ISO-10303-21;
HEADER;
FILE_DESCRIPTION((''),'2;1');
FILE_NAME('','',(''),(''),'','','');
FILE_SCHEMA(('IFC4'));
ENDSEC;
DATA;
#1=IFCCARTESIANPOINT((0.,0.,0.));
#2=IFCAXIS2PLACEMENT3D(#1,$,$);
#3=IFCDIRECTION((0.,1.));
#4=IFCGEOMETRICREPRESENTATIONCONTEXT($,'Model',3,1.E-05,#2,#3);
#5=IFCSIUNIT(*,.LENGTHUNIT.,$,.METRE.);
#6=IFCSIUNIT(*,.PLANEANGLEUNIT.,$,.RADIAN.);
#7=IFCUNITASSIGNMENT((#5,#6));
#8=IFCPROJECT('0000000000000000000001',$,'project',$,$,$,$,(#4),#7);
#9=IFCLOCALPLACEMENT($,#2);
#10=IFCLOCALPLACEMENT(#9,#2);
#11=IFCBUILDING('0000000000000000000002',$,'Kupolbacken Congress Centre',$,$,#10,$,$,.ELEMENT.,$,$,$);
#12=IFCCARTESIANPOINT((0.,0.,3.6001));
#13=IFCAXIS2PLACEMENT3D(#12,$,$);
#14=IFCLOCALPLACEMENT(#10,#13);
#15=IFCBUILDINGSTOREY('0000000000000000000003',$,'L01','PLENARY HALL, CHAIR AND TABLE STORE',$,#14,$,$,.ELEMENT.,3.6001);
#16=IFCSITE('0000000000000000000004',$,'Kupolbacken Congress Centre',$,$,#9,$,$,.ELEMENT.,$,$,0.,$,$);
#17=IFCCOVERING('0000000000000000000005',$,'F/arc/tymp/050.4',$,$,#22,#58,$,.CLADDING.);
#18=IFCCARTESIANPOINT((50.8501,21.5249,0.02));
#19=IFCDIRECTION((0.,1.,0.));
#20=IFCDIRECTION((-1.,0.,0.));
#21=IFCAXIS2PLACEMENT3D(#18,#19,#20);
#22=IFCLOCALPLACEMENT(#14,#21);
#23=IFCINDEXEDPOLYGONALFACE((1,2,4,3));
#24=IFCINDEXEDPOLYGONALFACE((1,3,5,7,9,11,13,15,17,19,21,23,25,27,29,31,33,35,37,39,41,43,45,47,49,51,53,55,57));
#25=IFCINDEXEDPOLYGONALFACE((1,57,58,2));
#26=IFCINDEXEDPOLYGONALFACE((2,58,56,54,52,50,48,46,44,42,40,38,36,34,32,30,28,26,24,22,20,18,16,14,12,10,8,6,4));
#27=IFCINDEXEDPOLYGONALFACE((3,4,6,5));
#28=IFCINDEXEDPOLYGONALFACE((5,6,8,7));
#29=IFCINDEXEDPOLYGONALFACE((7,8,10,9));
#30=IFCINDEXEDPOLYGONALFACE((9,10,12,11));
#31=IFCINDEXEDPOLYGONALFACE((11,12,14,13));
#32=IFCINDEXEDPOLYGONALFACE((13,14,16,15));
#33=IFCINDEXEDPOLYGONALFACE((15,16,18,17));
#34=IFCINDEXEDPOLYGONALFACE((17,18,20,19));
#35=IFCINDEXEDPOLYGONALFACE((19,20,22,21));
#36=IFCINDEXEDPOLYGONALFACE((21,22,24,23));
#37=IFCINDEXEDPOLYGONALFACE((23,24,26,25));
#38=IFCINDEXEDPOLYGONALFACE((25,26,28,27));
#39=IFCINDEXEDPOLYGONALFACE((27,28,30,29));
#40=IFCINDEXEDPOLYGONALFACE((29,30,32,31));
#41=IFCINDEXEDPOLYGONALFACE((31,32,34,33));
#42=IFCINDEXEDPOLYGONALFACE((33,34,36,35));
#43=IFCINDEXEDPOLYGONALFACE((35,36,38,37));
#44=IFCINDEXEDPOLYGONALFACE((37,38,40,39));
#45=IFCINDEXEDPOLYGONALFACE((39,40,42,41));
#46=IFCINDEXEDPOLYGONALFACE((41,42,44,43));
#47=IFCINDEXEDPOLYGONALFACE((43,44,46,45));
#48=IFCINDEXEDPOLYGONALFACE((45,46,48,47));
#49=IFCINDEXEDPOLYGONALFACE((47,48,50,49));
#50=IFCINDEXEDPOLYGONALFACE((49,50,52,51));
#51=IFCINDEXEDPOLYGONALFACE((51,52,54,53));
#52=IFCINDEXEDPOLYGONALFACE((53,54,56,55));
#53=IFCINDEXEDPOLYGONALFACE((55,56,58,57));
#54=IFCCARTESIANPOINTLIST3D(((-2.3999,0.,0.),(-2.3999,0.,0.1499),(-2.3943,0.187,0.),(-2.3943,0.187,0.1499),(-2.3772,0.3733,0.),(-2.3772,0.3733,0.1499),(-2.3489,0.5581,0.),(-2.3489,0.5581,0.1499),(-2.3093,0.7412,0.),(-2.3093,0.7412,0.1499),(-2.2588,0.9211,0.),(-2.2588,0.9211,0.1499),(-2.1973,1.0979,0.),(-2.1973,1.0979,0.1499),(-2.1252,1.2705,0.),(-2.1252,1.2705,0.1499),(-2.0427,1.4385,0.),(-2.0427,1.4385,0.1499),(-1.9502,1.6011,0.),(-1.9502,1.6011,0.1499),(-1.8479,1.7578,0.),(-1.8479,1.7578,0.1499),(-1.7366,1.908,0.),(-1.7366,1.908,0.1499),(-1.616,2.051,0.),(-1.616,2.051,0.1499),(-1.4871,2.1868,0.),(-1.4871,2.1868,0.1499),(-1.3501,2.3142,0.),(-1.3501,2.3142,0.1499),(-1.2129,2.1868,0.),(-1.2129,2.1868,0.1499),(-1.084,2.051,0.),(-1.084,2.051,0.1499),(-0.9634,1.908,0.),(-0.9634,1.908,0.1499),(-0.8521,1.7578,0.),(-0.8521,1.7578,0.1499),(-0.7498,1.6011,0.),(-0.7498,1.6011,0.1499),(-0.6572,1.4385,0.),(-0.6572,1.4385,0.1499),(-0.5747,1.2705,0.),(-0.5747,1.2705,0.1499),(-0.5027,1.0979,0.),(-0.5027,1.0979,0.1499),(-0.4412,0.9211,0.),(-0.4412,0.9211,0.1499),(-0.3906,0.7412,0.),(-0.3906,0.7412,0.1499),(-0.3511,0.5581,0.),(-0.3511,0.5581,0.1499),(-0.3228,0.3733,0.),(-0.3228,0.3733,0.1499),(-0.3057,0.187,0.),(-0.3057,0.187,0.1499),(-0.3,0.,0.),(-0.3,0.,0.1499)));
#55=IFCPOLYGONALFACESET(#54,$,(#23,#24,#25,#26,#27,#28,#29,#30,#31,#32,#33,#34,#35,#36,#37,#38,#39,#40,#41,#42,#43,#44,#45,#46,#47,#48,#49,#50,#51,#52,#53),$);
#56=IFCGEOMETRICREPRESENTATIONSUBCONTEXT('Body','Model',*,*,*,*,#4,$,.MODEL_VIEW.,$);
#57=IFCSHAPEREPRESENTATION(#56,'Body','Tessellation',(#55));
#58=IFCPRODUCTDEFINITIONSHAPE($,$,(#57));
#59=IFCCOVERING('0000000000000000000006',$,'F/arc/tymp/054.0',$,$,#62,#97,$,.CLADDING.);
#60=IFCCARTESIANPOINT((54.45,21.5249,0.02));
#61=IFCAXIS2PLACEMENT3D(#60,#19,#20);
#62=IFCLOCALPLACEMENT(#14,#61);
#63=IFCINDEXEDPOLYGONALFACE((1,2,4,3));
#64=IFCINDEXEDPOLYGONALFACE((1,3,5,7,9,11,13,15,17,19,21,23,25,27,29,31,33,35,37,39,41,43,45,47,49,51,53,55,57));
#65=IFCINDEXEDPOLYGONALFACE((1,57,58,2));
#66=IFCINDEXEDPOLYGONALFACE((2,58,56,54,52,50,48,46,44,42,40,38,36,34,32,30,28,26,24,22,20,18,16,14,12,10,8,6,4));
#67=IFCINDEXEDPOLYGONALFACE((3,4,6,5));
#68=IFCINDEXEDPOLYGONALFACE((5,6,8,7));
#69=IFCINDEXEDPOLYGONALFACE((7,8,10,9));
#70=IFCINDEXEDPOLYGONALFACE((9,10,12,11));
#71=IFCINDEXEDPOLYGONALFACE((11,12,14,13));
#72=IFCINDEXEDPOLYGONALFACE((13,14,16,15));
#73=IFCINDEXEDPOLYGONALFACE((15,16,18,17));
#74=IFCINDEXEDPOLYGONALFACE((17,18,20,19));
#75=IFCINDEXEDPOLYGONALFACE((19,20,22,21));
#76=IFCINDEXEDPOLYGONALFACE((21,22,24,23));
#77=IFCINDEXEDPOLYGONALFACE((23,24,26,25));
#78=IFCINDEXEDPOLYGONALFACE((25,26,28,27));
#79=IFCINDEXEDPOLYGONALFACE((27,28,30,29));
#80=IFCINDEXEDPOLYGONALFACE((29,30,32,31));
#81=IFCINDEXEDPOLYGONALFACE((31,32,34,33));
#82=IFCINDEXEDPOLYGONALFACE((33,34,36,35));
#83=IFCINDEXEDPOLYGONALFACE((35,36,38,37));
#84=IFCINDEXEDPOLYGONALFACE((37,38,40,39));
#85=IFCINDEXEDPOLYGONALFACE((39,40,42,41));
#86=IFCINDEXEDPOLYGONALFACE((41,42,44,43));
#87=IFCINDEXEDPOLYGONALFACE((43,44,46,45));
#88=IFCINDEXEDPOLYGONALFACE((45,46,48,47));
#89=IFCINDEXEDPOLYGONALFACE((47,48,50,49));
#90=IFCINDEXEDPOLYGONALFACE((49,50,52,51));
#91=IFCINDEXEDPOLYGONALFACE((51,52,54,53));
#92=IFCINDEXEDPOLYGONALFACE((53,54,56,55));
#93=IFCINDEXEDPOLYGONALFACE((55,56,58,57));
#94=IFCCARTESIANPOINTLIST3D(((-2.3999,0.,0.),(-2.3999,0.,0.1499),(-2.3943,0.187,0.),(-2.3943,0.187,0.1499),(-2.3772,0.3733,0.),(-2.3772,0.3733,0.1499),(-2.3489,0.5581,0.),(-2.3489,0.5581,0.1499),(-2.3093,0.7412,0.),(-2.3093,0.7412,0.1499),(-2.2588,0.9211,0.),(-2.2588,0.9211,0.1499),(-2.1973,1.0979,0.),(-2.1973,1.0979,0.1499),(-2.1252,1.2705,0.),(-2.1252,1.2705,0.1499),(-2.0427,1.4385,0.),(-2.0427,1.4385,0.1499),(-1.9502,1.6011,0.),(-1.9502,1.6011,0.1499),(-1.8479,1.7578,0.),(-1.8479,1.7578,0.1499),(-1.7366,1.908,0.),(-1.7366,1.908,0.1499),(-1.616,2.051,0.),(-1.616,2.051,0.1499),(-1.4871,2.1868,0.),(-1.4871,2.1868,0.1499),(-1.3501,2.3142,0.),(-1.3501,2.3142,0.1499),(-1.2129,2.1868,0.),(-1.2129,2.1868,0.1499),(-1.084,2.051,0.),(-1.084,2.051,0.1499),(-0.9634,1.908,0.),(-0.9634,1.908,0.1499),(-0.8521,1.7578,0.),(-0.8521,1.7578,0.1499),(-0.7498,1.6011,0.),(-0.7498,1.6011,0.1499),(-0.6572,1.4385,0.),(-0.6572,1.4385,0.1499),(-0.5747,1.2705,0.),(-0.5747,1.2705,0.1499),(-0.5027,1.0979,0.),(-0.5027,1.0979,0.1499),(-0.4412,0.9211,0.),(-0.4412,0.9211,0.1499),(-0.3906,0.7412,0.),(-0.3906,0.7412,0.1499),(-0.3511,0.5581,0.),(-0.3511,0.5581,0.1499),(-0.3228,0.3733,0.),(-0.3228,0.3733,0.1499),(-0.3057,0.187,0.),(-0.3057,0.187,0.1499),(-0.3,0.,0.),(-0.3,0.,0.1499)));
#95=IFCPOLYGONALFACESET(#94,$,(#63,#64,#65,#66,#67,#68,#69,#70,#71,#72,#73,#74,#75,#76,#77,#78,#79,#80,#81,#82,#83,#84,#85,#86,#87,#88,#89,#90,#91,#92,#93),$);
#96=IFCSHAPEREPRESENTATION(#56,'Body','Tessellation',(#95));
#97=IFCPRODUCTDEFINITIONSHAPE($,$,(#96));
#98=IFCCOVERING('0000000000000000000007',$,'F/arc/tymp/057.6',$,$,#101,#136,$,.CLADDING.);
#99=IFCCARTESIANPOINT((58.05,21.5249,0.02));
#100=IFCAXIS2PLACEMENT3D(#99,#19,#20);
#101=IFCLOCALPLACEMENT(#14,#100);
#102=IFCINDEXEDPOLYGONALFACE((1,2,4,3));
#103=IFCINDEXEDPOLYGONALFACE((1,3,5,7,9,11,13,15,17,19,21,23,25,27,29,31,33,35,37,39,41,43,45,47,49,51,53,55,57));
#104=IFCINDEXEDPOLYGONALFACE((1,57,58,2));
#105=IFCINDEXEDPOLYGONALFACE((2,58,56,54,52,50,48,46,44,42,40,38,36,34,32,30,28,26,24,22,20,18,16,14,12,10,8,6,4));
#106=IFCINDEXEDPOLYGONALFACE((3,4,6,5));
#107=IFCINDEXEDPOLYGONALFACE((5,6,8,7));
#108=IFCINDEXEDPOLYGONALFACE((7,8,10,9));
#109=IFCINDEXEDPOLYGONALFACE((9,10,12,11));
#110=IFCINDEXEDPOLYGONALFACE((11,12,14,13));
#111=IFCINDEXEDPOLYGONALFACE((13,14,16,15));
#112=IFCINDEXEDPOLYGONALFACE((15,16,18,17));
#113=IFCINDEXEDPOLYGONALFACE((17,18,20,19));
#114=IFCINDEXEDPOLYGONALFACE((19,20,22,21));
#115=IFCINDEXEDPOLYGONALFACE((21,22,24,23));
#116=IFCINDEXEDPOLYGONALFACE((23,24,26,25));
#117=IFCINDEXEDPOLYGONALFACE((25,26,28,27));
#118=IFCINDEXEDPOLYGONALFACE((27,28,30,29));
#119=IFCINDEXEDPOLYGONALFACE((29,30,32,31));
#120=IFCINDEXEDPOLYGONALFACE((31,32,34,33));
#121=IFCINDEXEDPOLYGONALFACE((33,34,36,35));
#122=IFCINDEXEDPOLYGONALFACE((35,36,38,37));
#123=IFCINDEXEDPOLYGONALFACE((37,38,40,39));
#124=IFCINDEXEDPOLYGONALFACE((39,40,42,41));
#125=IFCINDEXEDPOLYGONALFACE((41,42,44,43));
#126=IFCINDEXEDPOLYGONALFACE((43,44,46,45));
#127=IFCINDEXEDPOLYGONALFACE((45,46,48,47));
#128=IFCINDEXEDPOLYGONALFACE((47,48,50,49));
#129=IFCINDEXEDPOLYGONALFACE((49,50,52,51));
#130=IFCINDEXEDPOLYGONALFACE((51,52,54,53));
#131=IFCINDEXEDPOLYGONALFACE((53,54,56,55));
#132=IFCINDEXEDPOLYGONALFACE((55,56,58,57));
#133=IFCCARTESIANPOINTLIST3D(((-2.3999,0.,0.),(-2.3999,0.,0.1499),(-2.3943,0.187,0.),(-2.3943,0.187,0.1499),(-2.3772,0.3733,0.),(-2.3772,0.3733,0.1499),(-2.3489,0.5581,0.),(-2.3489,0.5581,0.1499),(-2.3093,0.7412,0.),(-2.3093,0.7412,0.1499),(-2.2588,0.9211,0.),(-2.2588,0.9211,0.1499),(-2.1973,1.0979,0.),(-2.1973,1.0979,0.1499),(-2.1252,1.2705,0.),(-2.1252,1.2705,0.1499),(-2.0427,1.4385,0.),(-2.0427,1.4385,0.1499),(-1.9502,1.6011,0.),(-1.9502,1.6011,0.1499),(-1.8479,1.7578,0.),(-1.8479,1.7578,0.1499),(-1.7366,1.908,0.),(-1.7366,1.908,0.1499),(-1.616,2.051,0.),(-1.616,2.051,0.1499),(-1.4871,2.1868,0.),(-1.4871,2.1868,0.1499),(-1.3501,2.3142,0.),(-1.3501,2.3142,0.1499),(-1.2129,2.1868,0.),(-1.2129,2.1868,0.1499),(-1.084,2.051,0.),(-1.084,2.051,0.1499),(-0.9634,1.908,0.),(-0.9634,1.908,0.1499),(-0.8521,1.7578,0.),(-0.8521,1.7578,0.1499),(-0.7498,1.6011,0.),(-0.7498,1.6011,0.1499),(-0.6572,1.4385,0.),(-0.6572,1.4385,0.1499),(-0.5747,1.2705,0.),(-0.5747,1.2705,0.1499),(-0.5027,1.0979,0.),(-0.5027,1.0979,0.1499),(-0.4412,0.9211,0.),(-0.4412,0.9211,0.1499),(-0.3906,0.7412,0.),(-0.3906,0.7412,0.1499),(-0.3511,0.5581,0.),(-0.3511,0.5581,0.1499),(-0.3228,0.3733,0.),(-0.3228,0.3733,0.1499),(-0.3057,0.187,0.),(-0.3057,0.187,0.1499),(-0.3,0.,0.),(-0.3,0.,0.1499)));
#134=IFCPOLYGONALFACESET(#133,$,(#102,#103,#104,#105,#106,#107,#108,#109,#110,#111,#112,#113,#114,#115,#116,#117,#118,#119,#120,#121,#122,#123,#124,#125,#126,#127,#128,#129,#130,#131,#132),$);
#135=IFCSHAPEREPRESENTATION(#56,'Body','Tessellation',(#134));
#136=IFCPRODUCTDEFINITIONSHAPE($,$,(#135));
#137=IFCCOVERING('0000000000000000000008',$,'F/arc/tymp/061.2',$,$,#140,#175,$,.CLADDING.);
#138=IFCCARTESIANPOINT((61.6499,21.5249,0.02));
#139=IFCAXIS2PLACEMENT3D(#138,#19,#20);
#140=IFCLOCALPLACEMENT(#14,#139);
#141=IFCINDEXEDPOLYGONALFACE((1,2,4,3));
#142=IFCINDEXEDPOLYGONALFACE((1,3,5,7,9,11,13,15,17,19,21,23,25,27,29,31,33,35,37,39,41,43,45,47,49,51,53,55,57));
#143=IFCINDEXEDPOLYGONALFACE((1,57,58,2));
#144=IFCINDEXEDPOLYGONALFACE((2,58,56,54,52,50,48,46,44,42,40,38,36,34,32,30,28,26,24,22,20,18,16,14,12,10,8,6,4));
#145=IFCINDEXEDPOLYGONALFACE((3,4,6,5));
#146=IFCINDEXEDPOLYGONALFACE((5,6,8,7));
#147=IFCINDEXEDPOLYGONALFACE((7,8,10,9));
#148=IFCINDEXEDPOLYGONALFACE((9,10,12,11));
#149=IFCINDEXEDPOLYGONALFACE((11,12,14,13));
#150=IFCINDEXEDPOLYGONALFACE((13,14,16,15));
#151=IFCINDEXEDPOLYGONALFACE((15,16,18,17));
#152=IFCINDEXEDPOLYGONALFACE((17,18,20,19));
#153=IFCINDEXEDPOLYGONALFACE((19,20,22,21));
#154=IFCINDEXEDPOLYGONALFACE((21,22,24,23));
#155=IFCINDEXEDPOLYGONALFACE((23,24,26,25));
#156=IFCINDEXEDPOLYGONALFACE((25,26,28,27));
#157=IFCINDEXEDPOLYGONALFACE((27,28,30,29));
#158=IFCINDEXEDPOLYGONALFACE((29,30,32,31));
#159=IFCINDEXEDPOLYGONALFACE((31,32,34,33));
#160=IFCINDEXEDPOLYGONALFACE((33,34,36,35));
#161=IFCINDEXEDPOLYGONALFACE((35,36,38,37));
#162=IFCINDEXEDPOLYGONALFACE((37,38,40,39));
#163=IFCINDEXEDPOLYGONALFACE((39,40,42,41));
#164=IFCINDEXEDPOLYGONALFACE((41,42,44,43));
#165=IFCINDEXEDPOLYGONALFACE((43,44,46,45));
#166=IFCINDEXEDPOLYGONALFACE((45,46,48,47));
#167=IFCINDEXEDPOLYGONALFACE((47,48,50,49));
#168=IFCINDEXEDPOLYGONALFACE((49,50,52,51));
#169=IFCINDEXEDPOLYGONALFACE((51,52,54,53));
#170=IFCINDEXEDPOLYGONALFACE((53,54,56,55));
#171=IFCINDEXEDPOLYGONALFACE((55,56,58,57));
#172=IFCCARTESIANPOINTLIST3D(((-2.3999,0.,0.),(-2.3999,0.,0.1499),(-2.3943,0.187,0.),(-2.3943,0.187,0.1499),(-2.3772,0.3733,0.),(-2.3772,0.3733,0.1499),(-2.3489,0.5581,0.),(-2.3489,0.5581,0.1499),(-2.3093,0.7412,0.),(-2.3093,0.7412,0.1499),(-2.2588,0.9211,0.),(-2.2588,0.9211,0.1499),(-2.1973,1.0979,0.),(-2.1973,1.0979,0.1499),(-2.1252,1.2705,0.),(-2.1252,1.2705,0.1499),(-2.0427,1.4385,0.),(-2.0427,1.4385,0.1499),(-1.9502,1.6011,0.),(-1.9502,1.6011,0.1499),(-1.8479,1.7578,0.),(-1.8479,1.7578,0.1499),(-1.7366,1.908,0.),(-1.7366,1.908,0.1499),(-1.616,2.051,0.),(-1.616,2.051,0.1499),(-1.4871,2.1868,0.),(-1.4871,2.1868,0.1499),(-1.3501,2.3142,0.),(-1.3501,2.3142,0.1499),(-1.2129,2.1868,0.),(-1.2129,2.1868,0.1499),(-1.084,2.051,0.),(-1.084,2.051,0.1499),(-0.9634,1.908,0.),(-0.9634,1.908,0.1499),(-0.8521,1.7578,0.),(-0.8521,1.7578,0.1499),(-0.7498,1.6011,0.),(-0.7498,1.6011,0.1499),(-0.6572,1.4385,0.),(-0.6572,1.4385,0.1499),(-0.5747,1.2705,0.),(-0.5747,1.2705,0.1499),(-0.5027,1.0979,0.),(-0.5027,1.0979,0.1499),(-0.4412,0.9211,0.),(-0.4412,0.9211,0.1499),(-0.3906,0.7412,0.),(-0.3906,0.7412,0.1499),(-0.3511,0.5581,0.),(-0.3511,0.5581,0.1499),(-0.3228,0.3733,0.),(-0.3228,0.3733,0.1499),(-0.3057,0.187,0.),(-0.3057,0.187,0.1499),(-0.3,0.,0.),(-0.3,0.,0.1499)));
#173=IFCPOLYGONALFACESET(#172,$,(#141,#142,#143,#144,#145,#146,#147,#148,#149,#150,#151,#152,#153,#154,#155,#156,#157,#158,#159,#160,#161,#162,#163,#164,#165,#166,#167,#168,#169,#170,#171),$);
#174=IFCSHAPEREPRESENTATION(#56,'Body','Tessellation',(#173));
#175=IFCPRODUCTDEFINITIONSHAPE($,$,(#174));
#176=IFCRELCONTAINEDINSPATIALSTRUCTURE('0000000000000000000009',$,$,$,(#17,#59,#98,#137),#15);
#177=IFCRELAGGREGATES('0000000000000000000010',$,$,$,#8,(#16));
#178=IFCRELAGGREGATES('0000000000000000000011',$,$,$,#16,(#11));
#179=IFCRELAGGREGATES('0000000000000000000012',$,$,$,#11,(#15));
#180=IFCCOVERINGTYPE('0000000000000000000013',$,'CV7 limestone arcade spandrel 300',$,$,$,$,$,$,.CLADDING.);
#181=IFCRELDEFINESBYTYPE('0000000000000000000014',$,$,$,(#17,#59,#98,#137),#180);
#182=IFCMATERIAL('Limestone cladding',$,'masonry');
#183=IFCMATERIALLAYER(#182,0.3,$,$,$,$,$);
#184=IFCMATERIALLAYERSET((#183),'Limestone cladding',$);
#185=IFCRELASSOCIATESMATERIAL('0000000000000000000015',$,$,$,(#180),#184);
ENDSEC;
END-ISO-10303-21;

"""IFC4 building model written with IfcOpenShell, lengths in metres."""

from ifc_helpers import new_model, si_unit, direction, frame, origin, place, context, subcontext, project, spatial, polyline, outline, extrude, material, layer, layer_set, type_object, element, save


model = new_model("IFC4")

# Units and contexts
model_context = context("Model", 3, precision=1e-05, world=origin(), true_north=direction((0.0, 1.0)))
body_context = subcontext(model_context, "Body", "Model", "MODEL_VIEW")
ifc_project = project(units=[si_unit("LENGTHUNIT", "METRE"), si_unit("PLANEANGLEUNIT", "RADIAN")], contexts=[model_context])

# Site, building, storey
site_placement = place(None, origin())
site = spatial("IfcSite", under=ifc_project, at=site_placement, Name="Kupolbacken Congress Centre", CompositionType="ELEMENT", RefElevation=0.0)
building_placement = place(site_placement, origin())
building = spatial("IfcBuilding", under=site, at=building_placement, Name="Kupolbacken Congress Centre", CompositionType="ELEMENT")
storey_placement = place(building_placement, frame((0.0, 0.0, 3.6001)))
storey = spatial("IfcBuildingStorey", under=building, at=storey_placement, Name="L01", Description="PLENARY HALL, CHAIR AND TABLE STORE", CompositionType="ELEMENT", Elevation=3.6001)

# Coverings
ifc_material_1 = material(Name="Limestone cladding", Category="masonry")
ifc_layer_1 = layer(ifc_material_1, 0.3)
ifc_layer_set_1 = layer_set([ifc_layer_1], Name="Limestone cladding")
covering_type = type_object("IfcCoveringType", Name="CV7 limestone arcade spandrel 300", PredefinedType="CLADDING", material=ifc_layer_set_1)
covering_1_placement = place(storey_placement, frame((50.8501, 21.5249, 0.02), z_axis=(0.0, 1.0, 0.0), x_axis=(-1.0, 0.0, 0.0)))
element("IfcCovering", 1, at=covering_1_placement, inside=storey, type_object=covering_type, Name="F/arc/tymp/050.4", PredefinedType="CLADDING", context=body_context, shape_type="SweptSolid", body=[
    extrude(outline(polyline([(-0.3, 0.0), (-0.3057, 0.187), (-0.3228, 0.3733), (-0.3511, 0.5581), (-0.3906, 0.7412), (-0.4412, 0.9211), (-0.5027, 1.0979), (-0.5747, 1.2705), (-0.6572, 1.4385), (-0.7498, 1.6011), (-0.8521, 1.7578), (-0.9634, 1.908), (-1.084, 2.051), (-1.2129, 2.1868), (-1.3501, 2.3142), (-1.4871, 2.1868), (-1.616, 2.051), (-1.7366, 1.908), (-1.8479, 1.7578), (-1.9502, 1.6011), (-2.0427, 1.4385), (-2.1252, 1.2705), (-2.1973, 1.0979), (-2.2588, 0.9211), (-2.3093, 0.7412), (-2.3489, 0.5581), (-2.3772, 0.3733), (-2.3943, 0.187), (-2.3999, 0.0), (-0.3, 0.0)])), origin(), (0.0, 0.0, 1.0), 0.1499),
])
covering_2_placement = place(storey_placement, frame((54.45, 21.5249, 0.02), z_axis=(0.0, 1.0, 0.0), x_axis=(-1.0, 0.0, 0.0)))
element("IfcCovering", 2, at=covering_2_placement, inside=storey, type_object=covering_type, Name="F/arc/tymp/054.0", PredefinedType="CLADDING", context=body_context, shape_type="SweptSolid", body=[
    extrude(outline(polyline([(-0.3, 0.0), (-0.3057, 0.187), (-0.3228, 0.3733), (-0.3511, 0.5581), (-0.3906, 0.7412), (-0.4412, 0.9211), (-0.5027, 1.0979), (-0.5747, 1.2705), (-0.6572, 1.4385), (-0.7498, 1.6011), (-0.8521, 1.7578), (-0.9634, 1.908), (-1.084, 2.051), (-1.2129, 2.1868), (-1.3501, 2.3142), (-1.4871, 2.1868), (-1.616, 2.051), (-1.7366, 1.908), (-1.8479, 1.7578), (-1.9502, 1.6011), (-2.0427, 1.4385), (-2.1252, 1.2705), (-2.1973, 1.0979), (-2.2588, 0.9211), (-2.3093, 0.7412), (-2.3489, 0.5581), (-2.3772, 0.3733), (-2.3943, 0.187), (-2.3999, 0.0), (-0.3, 0.0)])), origin(), (0.0, 0.0, 1.0), 0.1499),
])
covering_3_placement = place(storey_placement, frame((58.05, 21.5249, 0.02), z_axis=(0.0, 1.0, 0.0), x_axis=(-1.0, 0.0, 0.0)))
element("IfcCovering", 3, at=covering_3_placement, inside=storey, type_object=covering_type, Name="F/arc/tymp/057.6", PredefinedType="CLADDING", context=body_context, shape_type="SweptSolid", body=[
    extrude(outline(polyline([(-0.3, 0.0), (-0.3057, 0.187), (-0.3228, 0.3733), (-0.3511, 0.5581), (-0.3906, 0.7412), (-0.4412, 0.9211), (-0.5027, 1.0979), (-0.5747, 1.2705), (-0.6572, 1.4385), (-0.7498, 1.6011), (-0.8521, 1.7578), (-0.9634, 1.908), (-1.084, 2.051), (-1.2129, 2.1868), (-1.3501, 2.3142), (-1.4871, 2.1868), (-1.616, 2.051), (-1.7366, 1.908), (-1.8479, 1.7578), (-1.9502, 1.6011), (-2.0427, 1.4385), (-2.1252, 1.2705), (-2.1973, 1.0979), (-2.2588, 0.9211), (-2.3093, 0.7412), (-2.3489, 0.5581), (-2.3772, 0.3733), (-2.3943, 0.187), (-2.3999, 0.0), (-0.3, 0.0)])), origin(), (0.0, 0.0, 1.0), 0.1499),
])
covering_4_placement = place(storey_placement, frame((61.6499, 21.5249, 0.02), z_axis=(0.0, 1.0, 0.0), x_axis=(-1.0, 0.0, 0.0)))
element("IfcCovering", 4, at=covering_4_placement, inside=storey, type_object=covering_type, Name="F/arc/tymp/061.2", PredefinedType="CLADDING", context=body_context, shape_type="SweptSolid", body=[
    extrude(outline(polyline([(-0.3, 0.0), (-0.3057, 0.187), (-0.3228, 0.3733), (-0.3511, 0.5581), (-0.3906, 0.7412), (-0.4412, 0.9211), (-0.5027, 1.0979), (-0.5747, 1.2705), (-0.6572, 1.4385), (-0.7498, 1.6011), (-0.8521, 1.7578), (-0.9634, 1.908), (-1.084, 2.051), (-1.2129, 2.1868), (-1.3501, 2.3142), (-1.4871, 2.1868), (-1.616, 2.051), (-1.7366, 1.908), (-1.8479, 1.7578), (-1.9502, 1.6011), (-2.0427, 1.4385), (-2.1252, 1.2705), (-2.1973, 1.0979), (-2.2588, 0.9211), (-2.3093, 0.7412), (-2.3489, 0.5581), (-2.3772, 0.3733), (-2.3943, 0.187), (-2.3999, 0.0), (-0.3, 0.0)])), origin(), (0.0, 0.0, 1.0), 0.1499),
])

save(model, "model.ifc")
